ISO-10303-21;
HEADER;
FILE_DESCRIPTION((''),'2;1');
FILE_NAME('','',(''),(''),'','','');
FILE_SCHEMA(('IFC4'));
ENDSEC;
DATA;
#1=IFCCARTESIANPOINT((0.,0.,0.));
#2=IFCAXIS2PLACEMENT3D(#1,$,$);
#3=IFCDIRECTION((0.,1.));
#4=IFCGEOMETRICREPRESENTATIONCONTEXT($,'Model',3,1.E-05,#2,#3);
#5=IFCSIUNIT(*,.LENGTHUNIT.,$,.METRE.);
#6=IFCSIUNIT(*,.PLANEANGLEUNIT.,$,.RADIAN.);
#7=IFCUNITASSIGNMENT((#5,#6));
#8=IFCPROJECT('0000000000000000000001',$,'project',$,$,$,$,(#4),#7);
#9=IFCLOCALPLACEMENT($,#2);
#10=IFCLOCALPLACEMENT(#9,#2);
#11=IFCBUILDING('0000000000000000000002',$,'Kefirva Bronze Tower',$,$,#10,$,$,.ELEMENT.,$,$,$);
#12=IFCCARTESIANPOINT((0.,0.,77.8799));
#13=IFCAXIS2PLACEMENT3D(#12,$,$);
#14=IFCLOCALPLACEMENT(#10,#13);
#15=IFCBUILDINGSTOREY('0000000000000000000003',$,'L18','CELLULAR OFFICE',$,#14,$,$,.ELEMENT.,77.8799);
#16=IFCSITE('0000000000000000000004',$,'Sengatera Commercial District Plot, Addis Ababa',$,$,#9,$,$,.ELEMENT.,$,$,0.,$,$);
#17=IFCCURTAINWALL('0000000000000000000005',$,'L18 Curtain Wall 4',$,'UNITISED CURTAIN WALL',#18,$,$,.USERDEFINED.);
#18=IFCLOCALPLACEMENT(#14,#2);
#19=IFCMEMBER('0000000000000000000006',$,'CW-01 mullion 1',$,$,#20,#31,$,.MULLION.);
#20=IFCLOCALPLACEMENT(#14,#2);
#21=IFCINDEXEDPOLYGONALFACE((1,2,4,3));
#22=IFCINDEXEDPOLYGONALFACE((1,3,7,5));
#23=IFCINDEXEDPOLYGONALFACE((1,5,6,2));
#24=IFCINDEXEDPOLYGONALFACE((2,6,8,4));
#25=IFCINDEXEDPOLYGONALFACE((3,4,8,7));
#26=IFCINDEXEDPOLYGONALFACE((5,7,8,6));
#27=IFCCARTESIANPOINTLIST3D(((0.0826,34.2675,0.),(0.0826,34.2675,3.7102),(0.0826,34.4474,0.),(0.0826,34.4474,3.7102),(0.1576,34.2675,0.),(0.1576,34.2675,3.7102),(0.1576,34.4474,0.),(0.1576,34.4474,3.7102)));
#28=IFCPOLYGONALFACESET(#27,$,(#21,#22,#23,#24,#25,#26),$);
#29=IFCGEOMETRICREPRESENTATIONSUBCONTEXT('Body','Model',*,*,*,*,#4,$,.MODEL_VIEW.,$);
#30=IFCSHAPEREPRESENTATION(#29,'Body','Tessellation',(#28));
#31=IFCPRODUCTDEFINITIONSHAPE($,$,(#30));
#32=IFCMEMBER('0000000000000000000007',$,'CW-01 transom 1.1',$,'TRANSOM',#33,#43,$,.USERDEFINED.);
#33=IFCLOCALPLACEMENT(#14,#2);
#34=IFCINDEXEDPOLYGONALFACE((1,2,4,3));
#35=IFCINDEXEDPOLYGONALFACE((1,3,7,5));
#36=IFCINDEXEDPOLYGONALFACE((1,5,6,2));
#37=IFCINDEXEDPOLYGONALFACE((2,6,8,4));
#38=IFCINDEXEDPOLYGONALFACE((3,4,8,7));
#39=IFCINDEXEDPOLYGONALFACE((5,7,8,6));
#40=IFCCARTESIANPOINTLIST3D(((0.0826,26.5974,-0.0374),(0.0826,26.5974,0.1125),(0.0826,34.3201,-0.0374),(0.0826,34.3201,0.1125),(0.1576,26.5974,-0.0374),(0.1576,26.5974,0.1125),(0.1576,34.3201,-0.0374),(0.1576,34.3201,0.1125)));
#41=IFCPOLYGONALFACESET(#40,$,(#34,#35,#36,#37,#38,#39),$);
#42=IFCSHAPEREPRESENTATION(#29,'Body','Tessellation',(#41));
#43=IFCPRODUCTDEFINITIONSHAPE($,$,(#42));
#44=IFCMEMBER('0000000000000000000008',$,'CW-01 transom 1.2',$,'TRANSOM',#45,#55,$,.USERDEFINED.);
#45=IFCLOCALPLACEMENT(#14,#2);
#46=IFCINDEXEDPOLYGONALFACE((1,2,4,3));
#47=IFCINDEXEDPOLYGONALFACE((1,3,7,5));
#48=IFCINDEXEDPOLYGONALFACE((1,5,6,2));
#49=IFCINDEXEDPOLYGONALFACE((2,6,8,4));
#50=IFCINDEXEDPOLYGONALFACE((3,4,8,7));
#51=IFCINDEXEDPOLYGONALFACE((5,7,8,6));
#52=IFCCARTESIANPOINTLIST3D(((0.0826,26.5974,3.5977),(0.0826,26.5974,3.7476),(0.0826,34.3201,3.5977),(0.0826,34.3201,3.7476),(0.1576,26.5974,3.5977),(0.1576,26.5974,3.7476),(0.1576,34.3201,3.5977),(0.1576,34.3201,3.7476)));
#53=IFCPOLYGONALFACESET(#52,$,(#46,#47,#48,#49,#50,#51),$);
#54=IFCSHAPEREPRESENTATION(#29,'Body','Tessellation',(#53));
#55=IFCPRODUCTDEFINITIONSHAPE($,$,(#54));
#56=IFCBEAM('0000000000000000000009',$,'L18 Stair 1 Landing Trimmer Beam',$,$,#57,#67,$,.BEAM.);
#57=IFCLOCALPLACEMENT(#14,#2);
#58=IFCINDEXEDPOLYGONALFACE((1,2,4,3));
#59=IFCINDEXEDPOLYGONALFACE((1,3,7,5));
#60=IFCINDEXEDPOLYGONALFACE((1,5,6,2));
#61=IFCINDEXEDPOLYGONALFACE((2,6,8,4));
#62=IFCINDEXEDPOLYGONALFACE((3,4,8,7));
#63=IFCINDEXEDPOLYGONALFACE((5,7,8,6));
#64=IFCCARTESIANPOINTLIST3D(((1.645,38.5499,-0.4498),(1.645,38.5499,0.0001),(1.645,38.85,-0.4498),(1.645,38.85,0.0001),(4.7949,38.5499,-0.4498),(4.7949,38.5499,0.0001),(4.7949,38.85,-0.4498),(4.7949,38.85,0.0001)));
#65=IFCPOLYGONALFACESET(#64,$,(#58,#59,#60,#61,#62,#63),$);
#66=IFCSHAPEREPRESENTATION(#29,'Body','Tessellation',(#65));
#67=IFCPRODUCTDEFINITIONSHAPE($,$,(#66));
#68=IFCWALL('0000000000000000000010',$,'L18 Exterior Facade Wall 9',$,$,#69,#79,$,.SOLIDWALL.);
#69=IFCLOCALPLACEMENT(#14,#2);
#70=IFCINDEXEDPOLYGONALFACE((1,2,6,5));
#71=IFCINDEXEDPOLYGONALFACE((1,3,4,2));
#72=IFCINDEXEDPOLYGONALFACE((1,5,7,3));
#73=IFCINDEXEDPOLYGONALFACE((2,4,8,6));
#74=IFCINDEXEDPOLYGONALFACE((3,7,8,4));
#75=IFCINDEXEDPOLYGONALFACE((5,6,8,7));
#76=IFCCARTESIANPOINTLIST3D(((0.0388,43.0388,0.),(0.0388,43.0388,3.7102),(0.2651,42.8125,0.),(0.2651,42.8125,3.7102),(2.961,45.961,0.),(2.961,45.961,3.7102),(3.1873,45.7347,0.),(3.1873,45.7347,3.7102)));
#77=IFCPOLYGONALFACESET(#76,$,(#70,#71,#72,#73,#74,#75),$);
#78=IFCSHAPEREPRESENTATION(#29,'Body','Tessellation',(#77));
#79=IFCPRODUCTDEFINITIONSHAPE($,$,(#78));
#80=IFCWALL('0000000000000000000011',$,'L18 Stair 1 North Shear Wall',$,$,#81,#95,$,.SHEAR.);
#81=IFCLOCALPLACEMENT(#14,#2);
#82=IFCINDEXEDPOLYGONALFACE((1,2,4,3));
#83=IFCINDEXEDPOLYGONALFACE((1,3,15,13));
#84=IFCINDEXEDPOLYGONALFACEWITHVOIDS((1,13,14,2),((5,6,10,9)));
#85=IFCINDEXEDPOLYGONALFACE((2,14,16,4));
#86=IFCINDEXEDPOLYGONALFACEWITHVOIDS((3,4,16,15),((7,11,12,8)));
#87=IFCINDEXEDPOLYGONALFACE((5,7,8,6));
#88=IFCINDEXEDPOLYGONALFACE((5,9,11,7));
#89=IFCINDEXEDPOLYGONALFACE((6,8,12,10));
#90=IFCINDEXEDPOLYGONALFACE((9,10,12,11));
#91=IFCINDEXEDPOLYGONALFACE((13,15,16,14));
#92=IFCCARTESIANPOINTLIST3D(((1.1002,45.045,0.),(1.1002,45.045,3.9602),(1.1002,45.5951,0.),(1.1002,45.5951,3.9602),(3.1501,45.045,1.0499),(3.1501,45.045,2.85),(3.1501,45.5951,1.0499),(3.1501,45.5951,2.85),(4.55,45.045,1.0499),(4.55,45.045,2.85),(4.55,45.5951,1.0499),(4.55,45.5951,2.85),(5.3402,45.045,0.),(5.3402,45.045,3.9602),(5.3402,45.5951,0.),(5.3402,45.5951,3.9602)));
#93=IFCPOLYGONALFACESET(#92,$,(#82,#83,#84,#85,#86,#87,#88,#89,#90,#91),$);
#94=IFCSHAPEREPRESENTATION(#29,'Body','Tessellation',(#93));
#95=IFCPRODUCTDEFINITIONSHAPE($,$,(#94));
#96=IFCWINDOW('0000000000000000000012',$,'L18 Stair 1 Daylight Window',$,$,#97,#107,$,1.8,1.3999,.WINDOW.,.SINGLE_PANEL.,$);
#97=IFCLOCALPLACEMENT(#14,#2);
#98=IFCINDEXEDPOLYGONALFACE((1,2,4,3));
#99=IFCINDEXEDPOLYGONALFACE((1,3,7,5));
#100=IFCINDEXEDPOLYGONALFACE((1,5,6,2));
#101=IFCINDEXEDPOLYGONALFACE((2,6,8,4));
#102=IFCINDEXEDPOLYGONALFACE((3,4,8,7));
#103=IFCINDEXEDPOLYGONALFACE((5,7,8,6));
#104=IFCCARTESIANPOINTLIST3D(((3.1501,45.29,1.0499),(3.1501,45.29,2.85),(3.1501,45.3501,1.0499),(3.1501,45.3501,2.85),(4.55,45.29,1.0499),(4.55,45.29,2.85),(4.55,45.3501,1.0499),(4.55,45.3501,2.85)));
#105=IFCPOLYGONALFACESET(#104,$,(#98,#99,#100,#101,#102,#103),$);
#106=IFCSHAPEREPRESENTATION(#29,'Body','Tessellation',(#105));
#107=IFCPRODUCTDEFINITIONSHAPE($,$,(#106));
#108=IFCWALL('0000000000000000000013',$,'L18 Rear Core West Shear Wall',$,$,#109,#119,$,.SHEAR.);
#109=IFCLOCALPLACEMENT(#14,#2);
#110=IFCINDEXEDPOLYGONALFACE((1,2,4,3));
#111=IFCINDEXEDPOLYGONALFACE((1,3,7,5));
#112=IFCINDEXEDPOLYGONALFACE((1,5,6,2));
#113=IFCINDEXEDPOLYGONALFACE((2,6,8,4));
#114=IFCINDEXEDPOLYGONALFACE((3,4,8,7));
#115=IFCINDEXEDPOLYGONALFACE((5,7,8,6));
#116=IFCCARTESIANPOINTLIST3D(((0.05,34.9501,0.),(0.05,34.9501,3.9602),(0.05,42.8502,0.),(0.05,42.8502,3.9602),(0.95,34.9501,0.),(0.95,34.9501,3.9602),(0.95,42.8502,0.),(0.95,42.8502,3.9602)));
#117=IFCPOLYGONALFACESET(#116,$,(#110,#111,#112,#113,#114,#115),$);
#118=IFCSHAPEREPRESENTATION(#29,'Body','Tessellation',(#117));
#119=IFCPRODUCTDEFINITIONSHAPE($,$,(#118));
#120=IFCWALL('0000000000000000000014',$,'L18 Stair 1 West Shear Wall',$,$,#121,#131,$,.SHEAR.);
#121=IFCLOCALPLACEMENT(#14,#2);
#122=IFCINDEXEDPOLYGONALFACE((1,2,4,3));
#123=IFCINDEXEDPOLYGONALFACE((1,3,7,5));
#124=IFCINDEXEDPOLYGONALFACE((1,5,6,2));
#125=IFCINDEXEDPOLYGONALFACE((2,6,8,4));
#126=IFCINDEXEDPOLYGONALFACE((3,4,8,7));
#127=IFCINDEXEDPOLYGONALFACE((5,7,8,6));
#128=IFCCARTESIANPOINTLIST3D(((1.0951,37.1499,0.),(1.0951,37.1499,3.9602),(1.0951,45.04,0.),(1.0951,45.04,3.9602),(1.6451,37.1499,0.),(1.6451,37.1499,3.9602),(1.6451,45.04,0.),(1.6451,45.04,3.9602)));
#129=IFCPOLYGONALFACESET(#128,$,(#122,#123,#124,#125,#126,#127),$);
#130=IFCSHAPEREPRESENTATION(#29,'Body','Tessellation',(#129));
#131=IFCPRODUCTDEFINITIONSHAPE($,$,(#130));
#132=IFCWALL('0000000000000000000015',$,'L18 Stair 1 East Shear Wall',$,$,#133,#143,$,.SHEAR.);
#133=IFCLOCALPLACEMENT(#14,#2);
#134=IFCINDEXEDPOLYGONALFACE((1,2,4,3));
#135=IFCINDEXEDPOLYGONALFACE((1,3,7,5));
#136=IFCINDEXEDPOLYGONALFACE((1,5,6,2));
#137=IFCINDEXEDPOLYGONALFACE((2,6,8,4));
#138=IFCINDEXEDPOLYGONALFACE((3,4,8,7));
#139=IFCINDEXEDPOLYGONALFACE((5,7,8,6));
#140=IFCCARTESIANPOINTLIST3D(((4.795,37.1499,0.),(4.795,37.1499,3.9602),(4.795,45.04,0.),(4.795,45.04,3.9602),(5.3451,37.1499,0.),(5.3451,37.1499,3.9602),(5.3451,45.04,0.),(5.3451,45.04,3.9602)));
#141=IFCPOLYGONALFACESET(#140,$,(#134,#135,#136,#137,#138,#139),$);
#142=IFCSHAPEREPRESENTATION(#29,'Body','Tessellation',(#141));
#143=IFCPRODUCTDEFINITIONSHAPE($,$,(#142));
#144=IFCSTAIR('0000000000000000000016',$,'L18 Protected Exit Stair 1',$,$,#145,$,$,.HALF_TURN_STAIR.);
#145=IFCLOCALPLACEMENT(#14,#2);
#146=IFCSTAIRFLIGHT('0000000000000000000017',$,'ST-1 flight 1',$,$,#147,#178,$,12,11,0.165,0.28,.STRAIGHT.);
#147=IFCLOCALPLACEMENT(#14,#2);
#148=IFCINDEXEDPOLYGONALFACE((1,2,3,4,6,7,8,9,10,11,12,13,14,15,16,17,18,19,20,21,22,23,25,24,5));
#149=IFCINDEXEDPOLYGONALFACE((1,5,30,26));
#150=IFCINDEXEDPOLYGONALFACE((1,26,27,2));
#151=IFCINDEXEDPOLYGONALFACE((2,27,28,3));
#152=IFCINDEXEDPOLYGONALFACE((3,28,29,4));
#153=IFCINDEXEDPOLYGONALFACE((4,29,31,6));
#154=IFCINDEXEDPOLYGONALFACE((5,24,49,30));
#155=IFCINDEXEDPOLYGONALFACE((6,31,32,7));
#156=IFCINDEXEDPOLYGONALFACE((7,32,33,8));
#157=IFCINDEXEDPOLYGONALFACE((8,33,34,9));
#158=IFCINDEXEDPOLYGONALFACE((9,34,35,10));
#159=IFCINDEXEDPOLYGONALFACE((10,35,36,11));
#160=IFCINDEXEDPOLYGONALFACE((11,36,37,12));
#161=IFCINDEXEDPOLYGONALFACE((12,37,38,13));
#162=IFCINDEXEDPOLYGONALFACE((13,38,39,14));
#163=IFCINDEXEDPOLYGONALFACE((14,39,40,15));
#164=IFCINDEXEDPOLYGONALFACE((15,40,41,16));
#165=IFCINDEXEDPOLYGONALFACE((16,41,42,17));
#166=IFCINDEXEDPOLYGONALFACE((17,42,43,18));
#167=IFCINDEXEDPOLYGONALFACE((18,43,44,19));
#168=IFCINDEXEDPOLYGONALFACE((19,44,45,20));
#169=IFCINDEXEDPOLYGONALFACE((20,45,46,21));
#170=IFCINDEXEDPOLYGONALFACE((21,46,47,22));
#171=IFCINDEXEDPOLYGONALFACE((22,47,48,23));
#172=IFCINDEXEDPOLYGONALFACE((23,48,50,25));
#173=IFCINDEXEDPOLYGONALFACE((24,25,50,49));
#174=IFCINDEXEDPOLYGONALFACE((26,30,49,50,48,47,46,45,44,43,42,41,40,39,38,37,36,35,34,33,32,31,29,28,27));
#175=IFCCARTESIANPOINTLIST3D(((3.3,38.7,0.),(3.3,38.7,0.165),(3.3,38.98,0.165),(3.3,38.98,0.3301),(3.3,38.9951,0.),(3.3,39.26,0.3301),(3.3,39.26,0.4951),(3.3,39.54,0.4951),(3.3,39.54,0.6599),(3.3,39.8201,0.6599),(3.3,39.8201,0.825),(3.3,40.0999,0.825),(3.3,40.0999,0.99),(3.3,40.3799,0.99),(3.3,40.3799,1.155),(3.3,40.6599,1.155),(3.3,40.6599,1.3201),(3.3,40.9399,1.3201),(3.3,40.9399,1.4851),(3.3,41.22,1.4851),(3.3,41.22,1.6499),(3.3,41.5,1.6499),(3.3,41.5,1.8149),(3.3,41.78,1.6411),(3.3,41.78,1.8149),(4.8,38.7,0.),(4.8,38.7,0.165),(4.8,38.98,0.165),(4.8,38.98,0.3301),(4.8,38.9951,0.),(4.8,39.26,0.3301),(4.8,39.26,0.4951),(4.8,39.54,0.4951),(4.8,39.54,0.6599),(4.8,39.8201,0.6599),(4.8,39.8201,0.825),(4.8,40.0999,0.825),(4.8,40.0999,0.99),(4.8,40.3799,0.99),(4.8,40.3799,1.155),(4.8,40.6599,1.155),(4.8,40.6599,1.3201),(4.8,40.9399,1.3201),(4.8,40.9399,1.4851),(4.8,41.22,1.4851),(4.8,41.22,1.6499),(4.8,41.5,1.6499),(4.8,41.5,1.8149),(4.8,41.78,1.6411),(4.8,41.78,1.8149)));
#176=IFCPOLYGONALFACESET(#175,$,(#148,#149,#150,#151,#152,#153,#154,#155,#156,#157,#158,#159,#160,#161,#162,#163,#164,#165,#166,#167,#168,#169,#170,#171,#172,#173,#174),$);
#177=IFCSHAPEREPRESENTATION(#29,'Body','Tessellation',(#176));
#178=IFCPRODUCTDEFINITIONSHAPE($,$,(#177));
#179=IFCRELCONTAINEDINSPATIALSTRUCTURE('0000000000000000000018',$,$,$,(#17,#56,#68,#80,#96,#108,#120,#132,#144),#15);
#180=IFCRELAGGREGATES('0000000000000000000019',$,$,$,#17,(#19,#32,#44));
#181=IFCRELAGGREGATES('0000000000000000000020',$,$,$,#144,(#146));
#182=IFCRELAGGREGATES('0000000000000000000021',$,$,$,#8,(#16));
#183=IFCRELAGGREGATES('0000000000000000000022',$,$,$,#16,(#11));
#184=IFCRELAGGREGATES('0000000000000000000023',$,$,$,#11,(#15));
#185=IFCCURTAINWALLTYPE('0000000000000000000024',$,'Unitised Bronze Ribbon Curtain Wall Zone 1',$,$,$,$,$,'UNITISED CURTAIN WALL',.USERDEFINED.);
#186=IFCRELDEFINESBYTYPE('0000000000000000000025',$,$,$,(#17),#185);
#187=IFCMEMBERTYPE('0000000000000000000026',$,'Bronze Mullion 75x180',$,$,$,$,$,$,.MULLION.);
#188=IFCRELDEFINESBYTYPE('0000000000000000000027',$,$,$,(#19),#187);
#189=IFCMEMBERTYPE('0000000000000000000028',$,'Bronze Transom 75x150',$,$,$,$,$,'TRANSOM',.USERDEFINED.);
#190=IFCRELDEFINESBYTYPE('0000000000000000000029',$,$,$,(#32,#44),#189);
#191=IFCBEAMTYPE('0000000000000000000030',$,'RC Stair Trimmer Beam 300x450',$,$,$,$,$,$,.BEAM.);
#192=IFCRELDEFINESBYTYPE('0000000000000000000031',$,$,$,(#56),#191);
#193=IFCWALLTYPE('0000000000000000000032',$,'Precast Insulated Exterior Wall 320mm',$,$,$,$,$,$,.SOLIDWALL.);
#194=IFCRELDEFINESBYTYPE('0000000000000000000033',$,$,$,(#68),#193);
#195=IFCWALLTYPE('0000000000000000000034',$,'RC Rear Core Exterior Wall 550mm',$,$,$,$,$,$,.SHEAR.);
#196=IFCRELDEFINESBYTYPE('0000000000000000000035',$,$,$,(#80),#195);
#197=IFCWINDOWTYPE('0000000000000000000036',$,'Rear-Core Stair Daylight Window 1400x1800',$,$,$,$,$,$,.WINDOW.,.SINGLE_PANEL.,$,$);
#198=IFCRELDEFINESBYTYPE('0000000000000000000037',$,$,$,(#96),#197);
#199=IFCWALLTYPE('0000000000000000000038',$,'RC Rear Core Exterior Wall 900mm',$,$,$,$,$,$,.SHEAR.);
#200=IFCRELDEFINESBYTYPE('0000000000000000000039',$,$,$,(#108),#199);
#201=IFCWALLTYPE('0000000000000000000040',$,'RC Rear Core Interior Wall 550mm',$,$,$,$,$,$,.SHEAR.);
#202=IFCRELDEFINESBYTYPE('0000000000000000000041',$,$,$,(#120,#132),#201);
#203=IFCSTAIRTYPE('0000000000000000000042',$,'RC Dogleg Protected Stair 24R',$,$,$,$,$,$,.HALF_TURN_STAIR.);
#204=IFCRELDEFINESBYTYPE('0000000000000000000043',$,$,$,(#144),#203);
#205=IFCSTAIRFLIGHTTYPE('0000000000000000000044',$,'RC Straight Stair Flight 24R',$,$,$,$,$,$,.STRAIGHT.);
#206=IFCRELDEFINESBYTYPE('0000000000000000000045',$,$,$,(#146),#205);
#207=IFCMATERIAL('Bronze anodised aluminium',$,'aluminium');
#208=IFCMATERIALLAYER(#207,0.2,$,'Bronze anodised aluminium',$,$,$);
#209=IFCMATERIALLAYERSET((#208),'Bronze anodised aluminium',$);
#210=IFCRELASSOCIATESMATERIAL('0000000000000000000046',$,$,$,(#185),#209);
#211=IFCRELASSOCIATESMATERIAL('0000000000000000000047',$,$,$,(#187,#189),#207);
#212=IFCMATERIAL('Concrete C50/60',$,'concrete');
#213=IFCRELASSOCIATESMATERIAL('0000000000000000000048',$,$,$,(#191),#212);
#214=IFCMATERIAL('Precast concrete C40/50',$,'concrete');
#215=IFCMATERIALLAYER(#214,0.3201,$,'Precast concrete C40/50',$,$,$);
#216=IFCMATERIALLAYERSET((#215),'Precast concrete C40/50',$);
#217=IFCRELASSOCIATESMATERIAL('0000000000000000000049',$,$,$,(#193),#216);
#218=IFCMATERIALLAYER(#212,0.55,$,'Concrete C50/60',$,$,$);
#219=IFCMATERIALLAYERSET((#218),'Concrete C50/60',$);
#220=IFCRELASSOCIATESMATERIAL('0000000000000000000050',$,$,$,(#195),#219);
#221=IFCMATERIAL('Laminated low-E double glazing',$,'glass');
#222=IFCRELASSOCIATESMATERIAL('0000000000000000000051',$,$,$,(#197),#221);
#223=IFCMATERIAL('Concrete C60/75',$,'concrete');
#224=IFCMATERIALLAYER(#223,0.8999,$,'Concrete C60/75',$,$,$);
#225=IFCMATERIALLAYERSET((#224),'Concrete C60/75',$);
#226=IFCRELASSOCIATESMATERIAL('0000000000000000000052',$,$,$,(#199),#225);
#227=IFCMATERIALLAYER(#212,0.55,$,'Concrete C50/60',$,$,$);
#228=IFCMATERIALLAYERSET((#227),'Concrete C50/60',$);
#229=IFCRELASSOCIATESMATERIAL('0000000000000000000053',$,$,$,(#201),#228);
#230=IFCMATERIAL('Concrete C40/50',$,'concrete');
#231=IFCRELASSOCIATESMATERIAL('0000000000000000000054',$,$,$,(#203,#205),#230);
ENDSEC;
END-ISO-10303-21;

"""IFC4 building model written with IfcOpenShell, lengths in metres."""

from ifc_helpers import new_model, si_unit, direction, frame, frame_2d, origin, origin_2d, place, context, subcontext, project, spatial, polyline, rectangle, outline, extrude, material, layer, layer_set, material_profile, profile_set, type_object, element, fill, aggregate, save


model = new_model("IFC4")

# Units and contexts
model_context = context("Model", 3, precision=1e-05, world=origin(), true_north=direction((0.0, 1.0)))
body_context = subcontext(model_context, "Body", "Model", "MODEL_VIEW")
ifc_project = project(units=[si_unit("LENGTHUNIT", "METRE"), si_unit("PLANEANGLEUNIT", "RADIAN")], contexts=[model_context])

# Site, building, storey
site_placement = place(None, origin())
site = spatial("IfcSite", under=ifc_project, at=site_placement, Name="Sengatera Commercial District Plot, Addis Ababa", CompositionType="ELEMENT", RefElevation=0.0)
building_placement = place(site_placement, origin())
building = spatial("IfcBuilding", under=site, at=building_placement, Name="Kefirva Bronze Tower", CompositionType="ELEMENT")
storey_placement = place(building_placement, frame((0.0, 0.0, 77.8799)))
storey = spatial("IfcBuildingStorey", under=building, at=storey_placement, Name="L18", Description="CELLULAR OFFICE", CompositionType="ELEMENT", Elevation=77.8799)

# Curtain wall, members
ifc_material_1 = material(Name="Bronze anodised aluminium", Category="aluminium")
ifc_layer_1 = layer(ifc_material_1, 0.2, Name="Bronze anodised aluminium")
ifc_layer_set_1 = layer_set([ifc_layer_1], Name="Bronze anodised aluminium")
curtain_wall_type = type_object("IfcCurtainWallType", Name="Unitised Bronze Ribbon Curtain Wall Zone 1", ElementType="UNITISED CURTAIN WALL", PredefinedType="USERDEFINED", material=ifc_layer_set_1)
curtain_wall_placement = place(storey_placement, origin())
curtain_wall = element("IfcCurtainWall", 1, at=curtain_wall_placement, inside=storey, type_object=curtain_wall_type, Name="L18 Curtain Wall 4", ObjectType="UNITISED CURTAIN WALL", PredefinedType="USERDEFINED")
ifc_material_profile_1 = material_profile(ifc_material_1, rectangle(XDim=0.075, YDim=0.1799, at=origin_2d()), Name="ALU 75x180")
ifc_profile_set_1 = profile_set([ifc_material_profile_1], Name="Bronze anodised aluminium")
member_type_1 = type_object("IfcMemberType", Name="Bronze Mullion 75x180", PredefinedType="MULLION", material=ifc_profile_set_1)
member_1_placement = place(storey_placement, frame((0.1201, 34.3574, 0.0), z_axis=(0.0, 0.0, 1.0), x_axis=(1.0, 0.0, 0.0)))
member_1 = element("IfcMember", 2, at=member_1_placement, type_object=member_type_1, Name="CW-01 mullion 1", PredefinedType="MULLION", context=body_context, shape_type="SweptSolid", body=[
    extrude(rectangle(XDim=0.075, YDim=0.1799, at=origin_2d()), origin(), (0.0, 0.0, 1.0), 3.7102),
])
ifc_material_profile_2 = material_profile(ifc_material_1, rectangle(XDim=0.075, YDim=0.1499, at=origin_2d()), Name="ALU 75x150")
ifc_profile_set_2 = profile_set([ifc_material_profile_2], Name="Bronze anodised aluminium")
member_type_2 = type_object("IfcMemberType", Name="Bronze Transom 75x150", ElementType="TRANSOM", PredefinedType="USERDEFINED", material=ifc_profile_set_2)
member_2_placement = place(storey_placement, frame((0.1201, 34.3201, 0.0376), z_axis=(0.0, -1.0, 0.0), x_axis=(1.0, 0.0, 0.0)))
member_2 = element("IfcMember", 3, at=member_2_placement, type_object=member_type_2, Name="CW-01 transom 1.1", ObjectType="TRANSOM", PredefinedType="USERDEFINED", context=body_context, shape_type="SweptSolid", body=[
    extrude(rectangle(XDim=0.075, YDim=0.1499, at=origin_2d()), origin(), (0.0, 0.0, 1.0), 7.7227),
])
member_3_placement = place(storey_placement, frame((0.1201, 34.3201, 3.6726), z_axis=(0.0, -1.0, 0.0), x_axis=(1.0, 0.0, 0.0)))
member_3 = element("IfcMember", 4, at=member_3_placement, type_object=member_type_2, Name="CW-01 transom 1.2", ObjectType="TRANSOM", PredefinedType="USERDEFINED", context=body_context, shape_type="SweptSolid", body=[
    extrude(rectangle(XDim=0.075, YDim=0.1499, at=origin_2d()), origin(), (0.0, 0.0, 1.0), 7.7227),
])
aggregate(curtain_wall, [member_1, member_2, member_3])

# Beam
ifc_material_2 = material(Name="Concrete C50/60", Category="concrete")
ifc_material_profile_3 = material_profile(ifc_material_2, rectangle(XDim=0.3, YDim=0.45, at=origin_2d()), Name="RC 300x450")
ifc_profile_set_3 = profile_set([ifc_material_profile_3], Name="Concrete C50/60")
beam_type = type_object("IfcBeamType", Name="RC Stair Trimmer Beam 300x450", PredefinedType="BEAM", material=ifc_profile_set_3)
beam_placement = place(storey_placement, frame((1.645, 38.7, -0.2249), z_axis=(1.0, 0.0, 0.0), x_axis=(0.0, 1.0, 0.0)))
element("IfcBeam", 5, at=beam_placement, inside=storey, type_object=beam_type, Name="L18 Stair 1 Landing Trimmer Beam", PredefinedType="BEAM", context=body_context, shape_type="SweptSolid", body=[
    extrude(rectangle(XDim=0.3, YDim=0.45, at=origin_2d()), origin(), (0.0, 0.0, 1.0), 3.1499),
])

# Wall
ifc_material_3 = material(Name="Precast concrete C40/50", Category="concrete")
ifc_layer_2 = layer(ifc_material_3, 0.3201, Name="Precast concrete C40/50")
ifc_layer_set_2 = layer_set([ifc_layer_2], Name="Precast concrete C40/50")
wall_type_1 = type_object("IfcWallType", Name="Precast Insulated Exterior Wall 320mm", PredefinedType="SOLIDWALL", material=ifc_layer_set_2)
wall_1_placement = place(storey_placement, frame((3.0742, 45.8479, 0.0), z_axis=(0.0, 0.0, 1.0), x_axis=(-0.707107, -0.707107, 0.0)))
element("IfcWall", 6, at=wall_1_placement, inside=storey, type_object=wall_type_1, Name="L18 Exterior Facade Wall 9", PredefinedType="SOLIDWALL", context=body_context, shape_type="SweptSolid", body=[
    extrude(rectangle(XDim=4.1326, YDim=0.3201, at=frame_2d((2.0664, 0.0))), origin(), (0.0, 0.0, 1.0), 3.7102),
])

# Wall, opening, window
ifc_layer_3 = layer(ifc_material_2, 0.55, Name="Concrete C50/60")
ifc_layer_set_3 = layer_set([ifc_layer_3], Name="Concrete C50/60")
wall_type_2 = type_object("IfcWallType", Name="RC Rear Core Exterior Wall 550mm", PredefinedType="SHEAR", material=ifc_layer_set_3)
wall_2_placement = place(storey_placement, frame((1.1001, 45.3201, 0.0), z_axis=(0.0, 0.0, 1.0), x_axis=(1.0, 0.0, 0.0)))
wall_2 = element("IfcWall", 7, at=wall_2_placement, inside=storey, type_object=wall_type_2, Name="L18 Stair 1 North Shear Wall", PredefinedType="SHEAR", context=body_context, shape_type="SweptSolid", body=[
    extrude(rectangle(XDim=4.24, YDim=0.55, at=frame_2d((2.1201, 0.0))), origin(), (0.0, 0.0, 1.0), 3.9602),
])
opening_1_placement = place(wall_2_placement, frame((2.05, 0.0, 1.05)))
opening_1 = element("IfcOpeningElement", 8, at=opening_1_placement, cuts=wall_2, PredefinedType="OPENING", context=body_context, shape_type="SweptSolid", body=[
    extrude(rectangle(XDim=1.3999, YDim=1.8, at=frame_2d((0.7, 0.8999))), frame((0.0, 0.2852, 0.0), z_axis=(0.0, -1.0, 0.0), x_axis=(1.0, 0.0, 0.0)), (0.0, 0.0, 1.0), 0.5701),
])
ifc_material_4 = material(Name="Laminated low-E double glazing", Category="glass")
window_type = type_object("IfcWindowType", Name="Rear-Core Stair Daylight Window 1400x1800", PartitioningType="SINGLE_PANEL", PredefinedType="WINDOW", material=ifc_material_4)
window_placement = place(opening_1_placement, origin())
window = element("IfcWindow", 9, at=window_placement, inside=storey, type_object=window_type, Name="L18 Stair 1 Daylight Window", OverallHeight=1.8, OverallWidth=1.3999, PartitioningType="SINGLE_PANEL", PredefinedType="WINDOW", context=body_context, shape_type="SweptSolid", body=[
    extrude(rectangle(XDim=1.3999, YDim=1.8, at=frame_2d((0.7, 0.8999))), frame((0.0, 0.03, 0.0), z_axis=(0.0, -1.0, 0.0), x_axis=(1.0, 0.0, 0.0)), (0.0, 0.0, 1.0), 0.0601),
])
fill(opening_1, window)

# Walls
ifc_material_5 = material(Name="Concrete C60/75", Category="concrete")
ifc_layer_4 = layer(ifc_material_5, 0.8999, Name="Concrete C60/75")
ifc_layer_set_4 = layer_set([ifc_layer_4], Name="Concrete C60/75")
wall_type_3 = type_object("IfcWallType", Name="RC Rear Core Exterior Wall 900mm", PredefinedType="SHEAR", material=ifc_layer_set_4)
wall_3_placement = place(storey_placement, frame((0.5, 34.95, 0.0), z_axis=(0.0, 0.0, 1.0), x_axis=(0.0, 1.0, 0.0)))
element("IfcWall", 10, at=wall_3_placement, inside=storey, type_object=wall_type_3, Name="L18 Rear Core West Shear Wall", PredefinedType="SHEAR", context=body_context, shape_type="SweptSolid", body=[
    extrude(rectangle(XDim=7.9001, YDim=0.8999, at=frame_2d((3.9502, 0.0))), origin(), (0.0, 0.0, 1.0), 3.9602),
])
ifc_layer_5 = layer(ifc_material_2, 0.55, Name="Concrete C50/60")
ifc_layer_set_5 = layer_set([ifc_layer_5], Name="Concrete C50/60")
wall_type_4 = type_object("IfcWallType", Name="RC Rear Core Interior Wall 550mm", PredefinedType="SHEAR", material=ifc_layer_set_5)
for number, where, z_axis, x_axis, name in (
    (11, (1.3701, 37.1499, 0.0), (0.0, 0.0, 1.0), (0.0, 1.0, 0.0), "L18 Stair 1 West Shear Wall"),
    (12, (5.0701, 37.1499, 0.0), (0.0, 0.0, 1.0), (0.0, 1.0, 0.0), "L18 Stair 1 East Shear Wall"),
):
    element("IfcWall", number, at=place(storey_placement, frame(where, z_axis=z_axis, x_axis=x_axis)), inside=storey, type_object=wall_type_4, Name=name, PredefinedType="SHEAR", context=body_context, shape_type="SweptSolid", body=[
        extrude(rectangle(XDim=7.8901, YDim=0.55, at=frame_2d((3.9451, 0.0))), origin(), (0.0, 0.0, 1.0), 3.9602),
    ])

# Stair, stair flight
ifc_material_6 = material(Name="Concrete C40/50", Category="concrete")
stair_type = type_object("IfcStairType", Name="RC Dogleg Protected Stair 24R", PredefinedType="HALF_TURN_STAIR", material=ifc_material_6)
stair_placement = place(storey_placement, origin())
stair = element("IfcStair", 13, at=stair_placement, inside=storey, type_object=stair_type, Name="L18 Protected Exit Stair 1", PredefinedType="HALF_TURN_STAIR")
stair_flight_type = type_object("IfcStairFlightType", Name="RC Straight Stair Flight 24R", PredefinedType="STRAIGHT", material=ifc_material_6)
stair_flight_1_placement = place(storey_placement, frame((4.05, 38.7, 0.0), z_axis=(0.0, 0.0, 1.0), x_axis=(0.0, 1.0, 0.0)))
stair_flight_1 = element("IfcStairFlight", 14, at=stair_flight_1_placement, type_object=stair_flight_type, Name="ST-1 flight 1", NumberOfRisers=12, NumberOfTreads=11, PredefinedType="STRAIGHT", RiserHeight=0.165, TreadLength=0.28, context=body_context, shape_type="SweptSolid", body=[
    extrude(outline(polyline([(0.0, 0.0), (0.0, 0.165), (0.28, 0.165), (0.28, 0.3301), (0.5601, 0.3301), (0.5601, 0.4951), (0.8401, 0.4951), (0.8401, 0.6599), (1.1201, 0.6599), (1.1201, 0.825), (1.3999, 0.825), (1.3999, 0.99), (1.6799, 0.99), (1.6799, 1.155), (1.96, 1.155), (1.96, 1.3201), (2.24, 1.3201), (2.24, 1.4851), (2.52, 1.4851), (2.52, 1.6499), (2.8, 1.6499), (2.8, 1.8149), (3.0801, 1.8149), (3.0801, 1.98), (3.0801, 1.6411), (0.2952, 0.0), (0.0, 0.0)])), frame((0.0, 0.75, 0.0), z_axis=(0.0, -1.0, 0.0), x_axis=(1.0, 0.0, 0.0)), (0.0, 0.0, 1.0), 1.5),
])
aggregate(stair, [stair_flight_1])

save(model, "model.ifc")
